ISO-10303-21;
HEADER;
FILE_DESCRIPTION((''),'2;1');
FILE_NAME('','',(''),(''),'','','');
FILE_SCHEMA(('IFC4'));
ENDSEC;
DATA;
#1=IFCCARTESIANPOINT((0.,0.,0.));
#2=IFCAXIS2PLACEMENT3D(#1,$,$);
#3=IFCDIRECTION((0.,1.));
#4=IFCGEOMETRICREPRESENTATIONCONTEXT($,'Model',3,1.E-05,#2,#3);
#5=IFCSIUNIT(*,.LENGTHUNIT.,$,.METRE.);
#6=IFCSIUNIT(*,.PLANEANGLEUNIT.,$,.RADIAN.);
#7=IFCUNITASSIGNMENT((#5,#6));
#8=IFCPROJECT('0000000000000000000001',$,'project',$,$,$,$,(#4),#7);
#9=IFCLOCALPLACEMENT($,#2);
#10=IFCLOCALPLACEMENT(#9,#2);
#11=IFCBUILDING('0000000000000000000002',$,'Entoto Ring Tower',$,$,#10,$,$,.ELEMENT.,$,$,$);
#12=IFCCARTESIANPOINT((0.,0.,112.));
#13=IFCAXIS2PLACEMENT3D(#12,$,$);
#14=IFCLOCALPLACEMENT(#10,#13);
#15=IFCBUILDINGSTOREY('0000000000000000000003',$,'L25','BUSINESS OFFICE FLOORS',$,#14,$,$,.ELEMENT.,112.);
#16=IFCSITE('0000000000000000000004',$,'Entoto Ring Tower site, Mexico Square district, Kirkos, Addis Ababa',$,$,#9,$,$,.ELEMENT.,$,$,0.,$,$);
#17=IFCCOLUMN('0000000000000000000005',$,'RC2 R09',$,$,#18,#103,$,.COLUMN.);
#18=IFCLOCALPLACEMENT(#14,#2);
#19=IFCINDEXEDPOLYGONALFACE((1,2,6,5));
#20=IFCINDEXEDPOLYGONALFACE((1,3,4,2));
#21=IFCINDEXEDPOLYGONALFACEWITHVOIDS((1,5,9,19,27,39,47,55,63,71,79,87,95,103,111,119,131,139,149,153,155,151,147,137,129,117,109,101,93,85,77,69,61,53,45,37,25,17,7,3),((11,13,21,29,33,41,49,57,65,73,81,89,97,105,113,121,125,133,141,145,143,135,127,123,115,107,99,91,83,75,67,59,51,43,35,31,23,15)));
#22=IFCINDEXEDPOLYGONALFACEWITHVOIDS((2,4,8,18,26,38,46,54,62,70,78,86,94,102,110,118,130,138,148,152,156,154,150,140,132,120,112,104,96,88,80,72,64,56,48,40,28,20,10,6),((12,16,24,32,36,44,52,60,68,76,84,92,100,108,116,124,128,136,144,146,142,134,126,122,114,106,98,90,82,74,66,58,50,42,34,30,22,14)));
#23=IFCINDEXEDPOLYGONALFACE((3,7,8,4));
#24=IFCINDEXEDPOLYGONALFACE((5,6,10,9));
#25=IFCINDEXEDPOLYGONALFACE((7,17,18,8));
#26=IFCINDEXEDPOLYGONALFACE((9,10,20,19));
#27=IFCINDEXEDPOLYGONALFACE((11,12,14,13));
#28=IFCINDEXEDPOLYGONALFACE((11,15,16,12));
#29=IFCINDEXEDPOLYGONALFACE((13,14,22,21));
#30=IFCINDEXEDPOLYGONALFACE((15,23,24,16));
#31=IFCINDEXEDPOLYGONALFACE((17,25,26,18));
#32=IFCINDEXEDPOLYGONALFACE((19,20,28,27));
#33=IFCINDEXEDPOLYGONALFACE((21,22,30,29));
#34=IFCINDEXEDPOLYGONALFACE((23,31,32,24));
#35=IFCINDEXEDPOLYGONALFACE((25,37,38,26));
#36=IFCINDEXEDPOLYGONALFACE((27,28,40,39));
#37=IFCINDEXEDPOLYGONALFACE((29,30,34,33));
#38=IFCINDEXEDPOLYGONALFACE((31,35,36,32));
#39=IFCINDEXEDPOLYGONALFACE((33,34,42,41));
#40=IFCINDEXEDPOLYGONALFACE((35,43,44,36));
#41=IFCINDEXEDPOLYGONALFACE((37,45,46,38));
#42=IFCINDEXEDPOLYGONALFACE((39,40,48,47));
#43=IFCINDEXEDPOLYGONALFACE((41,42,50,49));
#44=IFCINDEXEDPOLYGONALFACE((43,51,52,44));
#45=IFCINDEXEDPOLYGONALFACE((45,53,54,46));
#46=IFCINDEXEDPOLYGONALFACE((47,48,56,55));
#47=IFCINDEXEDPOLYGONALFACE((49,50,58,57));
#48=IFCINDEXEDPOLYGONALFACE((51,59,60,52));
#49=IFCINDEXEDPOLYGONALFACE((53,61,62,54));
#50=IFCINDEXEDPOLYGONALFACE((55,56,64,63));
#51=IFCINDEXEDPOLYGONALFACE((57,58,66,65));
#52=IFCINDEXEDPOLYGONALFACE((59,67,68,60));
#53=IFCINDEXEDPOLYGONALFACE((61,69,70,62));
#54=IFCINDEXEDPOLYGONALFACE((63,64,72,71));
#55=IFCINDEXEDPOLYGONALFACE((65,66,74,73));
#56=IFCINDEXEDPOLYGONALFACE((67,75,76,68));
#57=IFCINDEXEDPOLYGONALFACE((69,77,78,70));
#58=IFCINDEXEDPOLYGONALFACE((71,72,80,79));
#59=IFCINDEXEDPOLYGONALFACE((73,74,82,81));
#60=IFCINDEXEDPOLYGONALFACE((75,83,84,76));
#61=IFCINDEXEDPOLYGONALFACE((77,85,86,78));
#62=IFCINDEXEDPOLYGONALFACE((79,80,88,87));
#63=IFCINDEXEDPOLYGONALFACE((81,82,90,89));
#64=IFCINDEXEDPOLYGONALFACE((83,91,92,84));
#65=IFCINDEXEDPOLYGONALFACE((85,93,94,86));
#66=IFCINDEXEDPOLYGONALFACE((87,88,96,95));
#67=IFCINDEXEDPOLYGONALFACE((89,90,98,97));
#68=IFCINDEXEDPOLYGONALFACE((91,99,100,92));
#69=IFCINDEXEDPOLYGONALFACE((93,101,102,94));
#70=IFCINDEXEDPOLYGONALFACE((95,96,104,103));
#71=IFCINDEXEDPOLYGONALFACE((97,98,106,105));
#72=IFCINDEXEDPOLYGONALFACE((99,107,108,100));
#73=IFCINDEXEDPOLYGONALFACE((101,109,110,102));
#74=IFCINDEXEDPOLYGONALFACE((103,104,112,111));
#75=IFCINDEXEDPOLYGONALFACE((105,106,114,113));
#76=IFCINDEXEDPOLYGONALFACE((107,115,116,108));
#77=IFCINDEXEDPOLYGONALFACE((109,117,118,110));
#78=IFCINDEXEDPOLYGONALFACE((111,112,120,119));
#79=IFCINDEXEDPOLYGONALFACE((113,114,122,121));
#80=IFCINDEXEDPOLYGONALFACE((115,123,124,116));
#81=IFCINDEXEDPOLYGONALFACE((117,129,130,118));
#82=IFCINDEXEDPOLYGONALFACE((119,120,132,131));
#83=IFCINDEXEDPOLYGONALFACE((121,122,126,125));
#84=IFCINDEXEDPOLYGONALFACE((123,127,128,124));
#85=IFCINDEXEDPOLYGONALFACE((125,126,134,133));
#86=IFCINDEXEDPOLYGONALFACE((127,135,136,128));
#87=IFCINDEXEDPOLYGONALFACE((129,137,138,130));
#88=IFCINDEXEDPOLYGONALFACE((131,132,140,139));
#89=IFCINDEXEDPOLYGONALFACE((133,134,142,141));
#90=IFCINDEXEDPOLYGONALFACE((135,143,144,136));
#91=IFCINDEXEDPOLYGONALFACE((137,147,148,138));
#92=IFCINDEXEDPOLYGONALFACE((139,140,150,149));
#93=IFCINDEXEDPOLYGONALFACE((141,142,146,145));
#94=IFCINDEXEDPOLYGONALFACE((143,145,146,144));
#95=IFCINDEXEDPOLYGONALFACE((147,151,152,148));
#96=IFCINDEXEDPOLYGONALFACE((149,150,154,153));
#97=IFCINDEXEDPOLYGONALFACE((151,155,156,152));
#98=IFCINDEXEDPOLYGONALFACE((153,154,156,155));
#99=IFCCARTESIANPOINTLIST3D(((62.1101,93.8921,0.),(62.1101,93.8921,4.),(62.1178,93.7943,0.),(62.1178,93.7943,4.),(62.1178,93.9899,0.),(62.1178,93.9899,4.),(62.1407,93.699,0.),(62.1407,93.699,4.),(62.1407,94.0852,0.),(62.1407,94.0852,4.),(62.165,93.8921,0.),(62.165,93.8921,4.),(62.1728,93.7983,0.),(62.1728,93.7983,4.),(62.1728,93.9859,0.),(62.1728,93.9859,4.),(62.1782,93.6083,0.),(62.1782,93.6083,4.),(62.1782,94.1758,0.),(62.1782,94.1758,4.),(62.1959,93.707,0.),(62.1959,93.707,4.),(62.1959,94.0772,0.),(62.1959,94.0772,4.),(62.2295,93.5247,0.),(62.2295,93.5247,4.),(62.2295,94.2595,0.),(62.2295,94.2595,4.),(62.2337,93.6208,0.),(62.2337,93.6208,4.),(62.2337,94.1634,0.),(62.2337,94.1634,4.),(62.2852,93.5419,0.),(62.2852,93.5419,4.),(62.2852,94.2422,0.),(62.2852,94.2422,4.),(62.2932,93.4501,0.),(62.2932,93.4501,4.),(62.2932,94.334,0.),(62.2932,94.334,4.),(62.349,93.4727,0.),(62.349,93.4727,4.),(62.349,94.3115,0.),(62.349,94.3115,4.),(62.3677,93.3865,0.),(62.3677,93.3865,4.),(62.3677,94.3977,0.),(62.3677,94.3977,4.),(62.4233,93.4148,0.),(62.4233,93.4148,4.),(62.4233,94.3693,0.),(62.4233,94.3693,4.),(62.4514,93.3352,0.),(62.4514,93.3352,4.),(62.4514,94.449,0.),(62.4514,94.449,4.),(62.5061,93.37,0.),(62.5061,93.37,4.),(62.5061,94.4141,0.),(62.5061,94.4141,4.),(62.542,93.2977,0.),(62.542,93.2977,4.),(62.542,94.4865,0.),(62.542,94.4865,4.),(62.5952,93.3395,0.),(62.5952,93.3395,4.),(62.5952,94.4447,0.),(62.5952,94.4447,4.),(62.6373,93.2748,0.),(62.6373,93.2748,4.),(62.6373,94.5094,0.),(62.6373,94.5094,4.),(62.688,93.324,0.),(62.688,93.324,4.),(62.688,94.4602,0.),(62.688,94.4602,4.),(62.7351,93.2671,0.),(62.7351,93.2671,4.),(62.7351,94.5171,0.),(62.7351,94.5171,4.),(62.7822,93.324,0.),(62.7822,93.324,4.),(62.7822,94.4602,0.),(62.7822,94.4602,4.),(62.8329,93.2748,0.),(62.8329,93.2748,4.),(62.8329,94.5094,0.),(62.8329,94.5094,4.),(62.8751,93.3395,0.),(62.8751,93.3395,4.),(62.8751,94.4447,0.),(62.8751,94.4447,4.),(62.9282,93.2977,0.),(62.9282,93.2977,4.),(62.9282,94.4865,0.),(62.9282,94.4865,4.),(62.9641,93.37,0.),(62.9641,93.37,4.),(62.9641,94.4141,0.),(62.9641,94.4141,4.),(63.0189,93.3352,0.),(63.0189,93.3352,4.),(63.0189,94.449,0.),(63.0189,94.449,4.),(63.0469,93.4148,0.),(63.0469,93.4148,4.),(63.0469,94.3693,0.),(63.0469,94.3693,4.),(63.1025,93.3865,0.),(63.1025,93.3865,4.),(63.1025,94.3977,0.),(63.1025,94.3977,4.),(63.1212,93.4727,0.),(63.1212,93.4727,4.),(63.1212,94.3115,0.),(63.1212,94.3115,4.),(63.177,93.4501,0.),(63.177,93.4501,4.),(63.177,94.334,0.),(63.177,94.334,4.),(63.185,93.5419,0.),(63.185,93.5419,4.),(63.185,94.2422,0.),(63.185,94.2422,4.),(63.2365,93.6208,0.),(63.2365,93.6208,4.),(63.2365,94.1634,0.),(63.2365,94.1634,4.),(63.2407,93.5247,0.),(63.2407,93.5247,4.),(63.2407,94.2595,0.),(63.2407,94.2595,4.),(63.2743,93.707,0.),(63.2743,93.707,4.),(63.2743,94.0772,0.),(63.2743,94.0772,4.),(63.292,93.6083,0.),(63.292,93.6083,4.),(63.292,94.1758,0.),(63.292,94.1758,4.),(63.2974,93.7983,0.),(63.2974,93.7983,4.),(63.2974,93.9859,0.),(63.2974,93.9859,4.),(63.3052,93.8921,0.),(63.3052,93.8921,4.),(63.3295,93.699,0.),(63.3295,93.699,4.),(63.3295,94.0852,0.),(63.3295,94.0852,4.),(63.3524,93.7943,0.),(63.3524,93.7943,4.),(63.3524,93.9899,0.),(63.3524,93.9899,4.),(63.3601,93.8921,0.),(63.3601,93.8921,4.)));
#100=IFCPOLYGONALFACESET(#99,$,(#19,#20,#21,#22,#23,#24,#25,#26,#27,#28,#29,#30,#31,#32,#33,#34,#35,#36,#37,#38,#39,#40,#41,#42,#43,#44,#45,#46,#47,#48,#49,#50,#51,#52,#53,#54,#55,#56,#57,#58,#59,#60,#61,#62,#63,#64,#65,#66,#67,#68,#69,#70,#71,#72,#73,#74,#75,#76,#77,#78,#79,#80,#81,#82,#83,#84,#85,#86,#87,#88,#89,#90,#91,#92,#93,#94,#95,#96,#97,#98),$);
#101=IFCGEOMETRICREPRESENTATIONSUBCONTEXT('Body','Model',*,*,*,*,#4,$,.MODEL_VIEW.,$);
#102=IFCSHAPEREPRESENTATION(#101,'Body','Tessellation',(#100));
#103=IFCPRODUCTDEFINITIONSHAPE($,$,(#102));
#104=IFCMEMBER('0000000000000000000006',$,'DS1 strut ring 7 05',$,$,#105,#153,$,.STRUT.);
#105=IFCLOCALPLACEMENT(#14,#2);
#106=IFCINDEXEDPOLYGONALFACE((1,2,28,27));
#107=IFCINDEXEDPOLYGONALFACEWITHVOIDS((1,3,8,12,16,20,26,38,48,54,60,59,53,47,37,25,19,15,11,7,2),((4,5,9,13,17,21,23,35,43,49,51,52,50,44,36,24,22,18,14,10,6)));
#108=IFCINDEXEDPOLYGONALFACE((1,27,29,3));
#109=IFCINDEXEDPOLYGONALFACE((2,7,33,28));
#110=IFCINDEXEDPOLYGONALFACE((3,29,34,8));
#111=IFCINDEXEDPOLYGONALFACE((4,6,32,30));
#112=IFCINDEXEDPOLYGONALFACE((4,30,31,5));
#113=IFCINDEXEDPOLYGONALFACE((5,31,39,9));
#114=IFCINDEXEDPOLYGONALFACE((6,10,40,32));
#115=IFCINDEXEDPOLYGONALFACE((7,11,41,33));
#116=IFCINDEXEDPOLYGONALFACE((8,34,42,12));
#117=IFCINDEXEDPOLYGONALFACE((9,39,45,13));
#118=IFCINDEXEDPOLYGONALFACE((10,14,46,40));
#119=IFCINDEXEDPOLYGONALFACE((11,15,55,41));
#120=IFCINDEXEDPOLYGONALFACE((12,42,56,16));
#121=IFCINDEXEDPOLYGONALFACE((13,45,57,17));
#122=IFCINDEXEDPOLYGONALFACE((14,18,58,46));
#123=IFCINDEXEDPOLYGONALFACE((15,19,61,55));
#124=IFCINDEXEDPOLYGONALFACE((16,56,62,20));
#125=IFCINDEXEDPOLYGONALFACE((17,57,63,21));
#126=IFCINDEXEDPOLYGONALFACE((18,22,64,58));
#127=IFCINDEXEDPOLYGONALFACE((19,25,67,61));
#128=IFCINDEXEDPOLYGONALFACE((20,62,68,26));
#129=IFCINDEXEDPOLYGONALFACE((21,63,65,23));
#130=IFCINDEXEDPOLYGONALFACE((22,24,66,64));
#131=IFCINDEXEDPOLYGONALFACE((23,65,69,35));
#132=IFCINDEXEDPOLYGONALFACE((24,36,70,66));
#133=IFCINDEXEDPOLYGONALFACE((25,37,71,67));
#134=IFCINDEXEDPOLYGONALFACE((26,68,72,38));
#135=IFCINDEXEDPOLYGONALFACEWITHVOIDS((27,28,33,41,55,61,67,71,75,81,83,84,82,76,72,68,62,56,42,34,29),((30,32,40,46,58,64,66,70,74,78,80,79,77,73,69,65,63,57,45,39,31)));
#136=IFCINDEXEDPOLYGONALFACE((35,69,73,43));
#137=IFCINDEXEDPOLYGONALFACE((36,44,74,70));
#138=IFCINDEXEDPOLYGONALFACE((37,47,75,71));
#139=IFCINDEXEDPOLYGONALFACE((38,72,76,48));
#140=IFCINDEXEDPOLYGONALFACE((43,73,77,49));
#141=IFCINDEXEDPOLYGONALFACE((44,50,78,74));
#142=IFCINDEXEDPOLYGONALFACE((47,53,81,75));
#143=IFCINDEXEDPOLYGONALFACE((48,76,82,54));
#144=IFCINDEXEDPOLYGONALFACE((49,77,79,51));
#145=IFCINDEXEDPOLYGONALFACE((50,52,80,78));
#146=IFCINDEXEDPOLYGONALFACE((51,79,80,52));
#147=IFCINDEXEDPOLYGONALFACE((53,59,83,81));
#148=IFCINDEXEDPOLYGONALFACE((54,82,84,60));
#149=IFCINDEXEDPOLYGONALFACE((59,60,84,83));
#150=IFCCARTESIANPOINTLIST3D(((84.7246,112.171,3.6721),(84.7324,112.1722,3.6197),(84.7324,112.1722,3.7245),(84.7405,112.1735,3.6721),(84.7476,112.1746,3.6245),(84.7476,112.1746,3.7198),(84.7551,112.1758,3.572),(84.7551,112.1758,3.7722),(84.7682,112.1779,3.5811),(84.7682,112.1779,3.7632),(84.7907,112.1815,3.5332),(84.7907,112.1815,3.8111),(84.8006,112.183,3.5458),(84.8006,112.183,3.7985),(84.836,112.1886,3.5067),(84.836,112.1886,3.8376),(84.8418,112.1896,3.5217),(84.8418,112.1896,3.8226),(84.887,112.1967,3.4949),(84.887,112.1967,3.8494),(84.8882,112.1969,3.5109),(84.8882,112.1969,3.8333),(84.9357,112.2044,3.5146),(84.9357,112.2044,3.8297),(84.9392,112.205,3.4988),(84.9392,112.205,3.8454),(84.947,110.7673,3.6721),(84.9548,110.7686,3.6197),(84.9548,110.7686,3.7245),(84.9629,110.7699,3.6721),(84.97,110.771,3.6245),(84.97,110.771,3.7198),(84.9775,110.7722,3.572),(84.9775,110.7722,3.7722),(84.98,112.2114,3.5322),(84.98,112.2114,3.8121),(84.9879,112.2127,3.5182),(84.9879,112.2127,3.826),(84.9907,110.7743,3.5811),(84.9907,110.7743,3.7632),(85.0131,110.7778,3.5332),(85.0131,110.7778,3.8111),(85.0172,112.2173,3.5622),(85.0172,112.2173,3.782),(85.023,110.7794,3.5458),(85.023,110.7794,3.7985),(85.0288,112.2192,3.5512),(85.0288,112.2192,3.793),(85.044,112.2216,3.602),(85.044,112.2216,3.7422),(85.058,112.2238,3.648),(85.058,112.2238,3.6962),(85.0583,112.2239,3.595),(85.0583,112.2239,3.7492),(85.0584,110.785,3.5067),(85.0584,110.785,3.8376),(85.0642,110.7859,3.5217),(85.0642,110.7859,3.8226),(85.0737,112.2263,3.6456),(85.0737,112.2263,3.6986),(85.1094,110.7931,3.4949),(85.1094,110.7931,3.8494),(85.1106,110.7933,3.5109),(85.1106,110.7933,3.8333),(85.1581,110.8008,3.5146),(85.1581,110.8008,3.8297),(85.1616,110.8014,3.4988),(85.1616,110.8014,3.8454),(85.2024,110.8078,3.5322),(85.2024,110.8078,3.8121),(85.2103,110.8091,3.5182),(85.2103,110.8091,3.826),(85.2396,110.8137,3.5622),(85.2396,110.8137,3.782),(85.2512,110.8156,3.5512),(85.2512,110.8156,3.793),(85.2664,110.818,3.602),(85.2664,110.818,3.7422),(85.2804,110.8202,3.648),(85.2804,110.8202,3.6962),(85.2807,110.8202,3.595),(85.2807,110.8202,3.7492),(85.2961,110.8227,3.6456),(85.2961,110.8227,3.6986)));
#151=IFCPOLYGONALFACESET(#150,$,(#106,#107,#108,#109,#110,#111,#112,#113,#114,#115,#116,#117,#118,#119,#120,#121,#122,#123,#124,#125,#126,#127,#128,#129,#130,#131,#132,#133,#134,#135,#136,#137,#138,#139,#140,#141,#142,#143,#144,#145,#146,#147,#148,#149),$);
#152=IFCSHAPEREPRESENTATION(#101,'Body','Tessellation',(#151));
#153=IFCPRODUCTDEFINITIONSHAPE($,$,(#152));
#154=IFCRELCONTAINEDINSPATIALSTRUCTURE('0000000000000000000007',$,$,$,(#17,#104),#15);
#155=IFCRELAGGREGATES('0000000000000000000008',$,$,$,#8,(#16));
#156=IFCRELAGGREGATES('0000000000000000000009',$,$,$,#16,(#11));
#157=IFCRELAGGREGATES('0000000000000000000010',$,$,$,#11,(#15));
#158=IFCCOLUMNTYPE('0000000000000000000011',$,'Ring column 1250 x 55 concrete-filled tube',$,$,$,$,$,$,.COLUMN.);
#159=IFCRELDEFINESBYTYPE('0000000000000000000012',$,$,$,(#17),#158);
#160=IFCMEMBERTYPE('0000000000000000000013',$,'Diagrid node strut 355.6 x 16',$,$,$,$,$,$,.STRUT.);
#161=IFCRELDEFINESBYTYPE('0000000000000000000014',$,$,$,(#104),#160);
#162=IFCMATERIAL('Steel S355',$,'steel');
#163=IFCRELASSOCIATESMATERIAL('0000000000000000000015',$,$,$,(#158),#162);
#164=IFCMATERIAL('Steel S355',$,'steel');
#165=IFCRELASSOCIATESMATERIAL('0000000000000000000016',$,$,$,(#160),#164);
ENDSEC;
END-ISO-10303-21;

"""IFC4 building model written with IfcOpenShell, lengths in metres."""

from ifc_helpers import new_model, si_unit, direction, frame, origin, origin_2d, place, context, subcontext, project, spatial, circle, hollow_circle, extrude, material, material_profile, profile_set, type_object, element, save


model = new_model("IFC4")

# Units and contexts
model_context = context("Model", 3, precision=1e-05, world=origin(), true_north=direction((0.0, 1.0)))
body_context = subcontext(model_context, "Body", "Model", "MODEL_VIEW")
ifc_project = project(units=[si_unit("LENGTHUNIT", "METRE"), si_unit("PLANEANGLEUNIT", "RADIAN")], contexts=[model_context])

# Site, building, storey
site_placement = place(None, origin())
site = spatial("IfcSite", under=ifc_project, at=site_placement, Name="Entoto Ring Tower site, Mexico Square district, Kirkos, Addis Ababa", CompositionType="ELEMENT", RefElevation=0.0)
building_placement = place(site_placement, origin())
building = spatial("IfcBuilding", under=site, at=building_placement, Name="Entoto Ring Tower", CompositionType="ELEMENT")
storey_placement = place(building_placement, frame((0.0, 0.0, 112.0)))
storey = spatial("IfcBuildingStorey", under=building, at=storey_placement, Name="L25", Description="BUSINESS OFFICE FLOORS", CompositionType="ELEMENT", Elevation=112.0)

# Column
ifc_material_1 = material(Name="Steel S355", Category="steel")
ifc_material_profile_1 = material_profile(ifc_material_1, hollow_circle(Radius=0.625, WallThickness=0.0549, at=origin_2d()), Name="CHS 1250 x 55")
ifc_material_2 = material(Name="Concrete C60/75", Category="concrete")
ifc_material_profile_2 = material_profile(ifc_material_2, circle(Radius=0.5701, at=origin_2d()), Name="Concrete C60/75 infill")
ifc_profile_set_1 = profile_set([ifc_material_profile_1, ifc_material_profile_2], Name="Steel S355")
column_type = type_object("IfcColumnType", Name="Ring column 1250 x 55 concrete-filled tube", PredefinedType="COLUMN", material=ifc_profile_set_1)
for number, where, z_axis, x_axis, name in (
    (1, (62.7351, 93.8921, 0.0), (0.0, 0.0, 1.0), (1.0, 0.0, 0.0), "RC2 R09"),
):
    element("IfcColumn", number, at=place(storey_placement, frame(where, z_axis=z_axis, x_axis=x_axis)), inside=storey, type_object=column_type, Name=name, PredefinedType="COLUMN", context=body_context, shape_type="SweptSolid", body=[
        extrude(hollow_circle(Radius=0.625, WallThickness=0.0549, at=origin_2d()), origin(), (0.0, 0.0, 1.0), 4.0),
    ])

# Member
ifc_material_3 = material(Name="Steel S355", Category="steel")
ifc_material_profile_3 = material_profile(ifc_material_3, hollow_circle(Radius=0.1777, WallThickness=0.0161, at=origin_2d()), Name="CHS 355.6 x 16")
ifc_material_4 = material(Name="Concrete C60/75", Category="concrete")
ifc_material_profile_4 = material_profile(ifc_material_4, circle(Radius=0.1619, at=origin_2d()), Name="Concrete C60/75 infill")
ifc_profile_set_2 = profile_set([ifc_material_profile_3, ifc_material_profile_4], Name="Steel S355")
member_type = type_object("IfcMemberType", Name="Diagrid node strut 355.6 x 16", PredefinedType="STRUT", material=ifc_profile_set_2)
member_1_placement = place(storey_placement, frame((85.1226, 110.7952, 3.6721), z_axis=(-0.15651, 0.987676, 0.0), x_axis=(-0.987676, -0.15651, 0.0)))
element("IfcMember", 2, at=member_1_placement, inside=storey, type_object=member_type, Name="DS1 strut ring 7 05", PredefinedType="STRUT", context=body_context, shape_type="SweptSolid", body=[
    extrude(hollow_circle(Radius=0.1777, WallThickness=0.0161, at=origin_2d()), origin(), (0.0, 0.0, 1.0), 1.4211),
])

save(model, "model.ifc")
